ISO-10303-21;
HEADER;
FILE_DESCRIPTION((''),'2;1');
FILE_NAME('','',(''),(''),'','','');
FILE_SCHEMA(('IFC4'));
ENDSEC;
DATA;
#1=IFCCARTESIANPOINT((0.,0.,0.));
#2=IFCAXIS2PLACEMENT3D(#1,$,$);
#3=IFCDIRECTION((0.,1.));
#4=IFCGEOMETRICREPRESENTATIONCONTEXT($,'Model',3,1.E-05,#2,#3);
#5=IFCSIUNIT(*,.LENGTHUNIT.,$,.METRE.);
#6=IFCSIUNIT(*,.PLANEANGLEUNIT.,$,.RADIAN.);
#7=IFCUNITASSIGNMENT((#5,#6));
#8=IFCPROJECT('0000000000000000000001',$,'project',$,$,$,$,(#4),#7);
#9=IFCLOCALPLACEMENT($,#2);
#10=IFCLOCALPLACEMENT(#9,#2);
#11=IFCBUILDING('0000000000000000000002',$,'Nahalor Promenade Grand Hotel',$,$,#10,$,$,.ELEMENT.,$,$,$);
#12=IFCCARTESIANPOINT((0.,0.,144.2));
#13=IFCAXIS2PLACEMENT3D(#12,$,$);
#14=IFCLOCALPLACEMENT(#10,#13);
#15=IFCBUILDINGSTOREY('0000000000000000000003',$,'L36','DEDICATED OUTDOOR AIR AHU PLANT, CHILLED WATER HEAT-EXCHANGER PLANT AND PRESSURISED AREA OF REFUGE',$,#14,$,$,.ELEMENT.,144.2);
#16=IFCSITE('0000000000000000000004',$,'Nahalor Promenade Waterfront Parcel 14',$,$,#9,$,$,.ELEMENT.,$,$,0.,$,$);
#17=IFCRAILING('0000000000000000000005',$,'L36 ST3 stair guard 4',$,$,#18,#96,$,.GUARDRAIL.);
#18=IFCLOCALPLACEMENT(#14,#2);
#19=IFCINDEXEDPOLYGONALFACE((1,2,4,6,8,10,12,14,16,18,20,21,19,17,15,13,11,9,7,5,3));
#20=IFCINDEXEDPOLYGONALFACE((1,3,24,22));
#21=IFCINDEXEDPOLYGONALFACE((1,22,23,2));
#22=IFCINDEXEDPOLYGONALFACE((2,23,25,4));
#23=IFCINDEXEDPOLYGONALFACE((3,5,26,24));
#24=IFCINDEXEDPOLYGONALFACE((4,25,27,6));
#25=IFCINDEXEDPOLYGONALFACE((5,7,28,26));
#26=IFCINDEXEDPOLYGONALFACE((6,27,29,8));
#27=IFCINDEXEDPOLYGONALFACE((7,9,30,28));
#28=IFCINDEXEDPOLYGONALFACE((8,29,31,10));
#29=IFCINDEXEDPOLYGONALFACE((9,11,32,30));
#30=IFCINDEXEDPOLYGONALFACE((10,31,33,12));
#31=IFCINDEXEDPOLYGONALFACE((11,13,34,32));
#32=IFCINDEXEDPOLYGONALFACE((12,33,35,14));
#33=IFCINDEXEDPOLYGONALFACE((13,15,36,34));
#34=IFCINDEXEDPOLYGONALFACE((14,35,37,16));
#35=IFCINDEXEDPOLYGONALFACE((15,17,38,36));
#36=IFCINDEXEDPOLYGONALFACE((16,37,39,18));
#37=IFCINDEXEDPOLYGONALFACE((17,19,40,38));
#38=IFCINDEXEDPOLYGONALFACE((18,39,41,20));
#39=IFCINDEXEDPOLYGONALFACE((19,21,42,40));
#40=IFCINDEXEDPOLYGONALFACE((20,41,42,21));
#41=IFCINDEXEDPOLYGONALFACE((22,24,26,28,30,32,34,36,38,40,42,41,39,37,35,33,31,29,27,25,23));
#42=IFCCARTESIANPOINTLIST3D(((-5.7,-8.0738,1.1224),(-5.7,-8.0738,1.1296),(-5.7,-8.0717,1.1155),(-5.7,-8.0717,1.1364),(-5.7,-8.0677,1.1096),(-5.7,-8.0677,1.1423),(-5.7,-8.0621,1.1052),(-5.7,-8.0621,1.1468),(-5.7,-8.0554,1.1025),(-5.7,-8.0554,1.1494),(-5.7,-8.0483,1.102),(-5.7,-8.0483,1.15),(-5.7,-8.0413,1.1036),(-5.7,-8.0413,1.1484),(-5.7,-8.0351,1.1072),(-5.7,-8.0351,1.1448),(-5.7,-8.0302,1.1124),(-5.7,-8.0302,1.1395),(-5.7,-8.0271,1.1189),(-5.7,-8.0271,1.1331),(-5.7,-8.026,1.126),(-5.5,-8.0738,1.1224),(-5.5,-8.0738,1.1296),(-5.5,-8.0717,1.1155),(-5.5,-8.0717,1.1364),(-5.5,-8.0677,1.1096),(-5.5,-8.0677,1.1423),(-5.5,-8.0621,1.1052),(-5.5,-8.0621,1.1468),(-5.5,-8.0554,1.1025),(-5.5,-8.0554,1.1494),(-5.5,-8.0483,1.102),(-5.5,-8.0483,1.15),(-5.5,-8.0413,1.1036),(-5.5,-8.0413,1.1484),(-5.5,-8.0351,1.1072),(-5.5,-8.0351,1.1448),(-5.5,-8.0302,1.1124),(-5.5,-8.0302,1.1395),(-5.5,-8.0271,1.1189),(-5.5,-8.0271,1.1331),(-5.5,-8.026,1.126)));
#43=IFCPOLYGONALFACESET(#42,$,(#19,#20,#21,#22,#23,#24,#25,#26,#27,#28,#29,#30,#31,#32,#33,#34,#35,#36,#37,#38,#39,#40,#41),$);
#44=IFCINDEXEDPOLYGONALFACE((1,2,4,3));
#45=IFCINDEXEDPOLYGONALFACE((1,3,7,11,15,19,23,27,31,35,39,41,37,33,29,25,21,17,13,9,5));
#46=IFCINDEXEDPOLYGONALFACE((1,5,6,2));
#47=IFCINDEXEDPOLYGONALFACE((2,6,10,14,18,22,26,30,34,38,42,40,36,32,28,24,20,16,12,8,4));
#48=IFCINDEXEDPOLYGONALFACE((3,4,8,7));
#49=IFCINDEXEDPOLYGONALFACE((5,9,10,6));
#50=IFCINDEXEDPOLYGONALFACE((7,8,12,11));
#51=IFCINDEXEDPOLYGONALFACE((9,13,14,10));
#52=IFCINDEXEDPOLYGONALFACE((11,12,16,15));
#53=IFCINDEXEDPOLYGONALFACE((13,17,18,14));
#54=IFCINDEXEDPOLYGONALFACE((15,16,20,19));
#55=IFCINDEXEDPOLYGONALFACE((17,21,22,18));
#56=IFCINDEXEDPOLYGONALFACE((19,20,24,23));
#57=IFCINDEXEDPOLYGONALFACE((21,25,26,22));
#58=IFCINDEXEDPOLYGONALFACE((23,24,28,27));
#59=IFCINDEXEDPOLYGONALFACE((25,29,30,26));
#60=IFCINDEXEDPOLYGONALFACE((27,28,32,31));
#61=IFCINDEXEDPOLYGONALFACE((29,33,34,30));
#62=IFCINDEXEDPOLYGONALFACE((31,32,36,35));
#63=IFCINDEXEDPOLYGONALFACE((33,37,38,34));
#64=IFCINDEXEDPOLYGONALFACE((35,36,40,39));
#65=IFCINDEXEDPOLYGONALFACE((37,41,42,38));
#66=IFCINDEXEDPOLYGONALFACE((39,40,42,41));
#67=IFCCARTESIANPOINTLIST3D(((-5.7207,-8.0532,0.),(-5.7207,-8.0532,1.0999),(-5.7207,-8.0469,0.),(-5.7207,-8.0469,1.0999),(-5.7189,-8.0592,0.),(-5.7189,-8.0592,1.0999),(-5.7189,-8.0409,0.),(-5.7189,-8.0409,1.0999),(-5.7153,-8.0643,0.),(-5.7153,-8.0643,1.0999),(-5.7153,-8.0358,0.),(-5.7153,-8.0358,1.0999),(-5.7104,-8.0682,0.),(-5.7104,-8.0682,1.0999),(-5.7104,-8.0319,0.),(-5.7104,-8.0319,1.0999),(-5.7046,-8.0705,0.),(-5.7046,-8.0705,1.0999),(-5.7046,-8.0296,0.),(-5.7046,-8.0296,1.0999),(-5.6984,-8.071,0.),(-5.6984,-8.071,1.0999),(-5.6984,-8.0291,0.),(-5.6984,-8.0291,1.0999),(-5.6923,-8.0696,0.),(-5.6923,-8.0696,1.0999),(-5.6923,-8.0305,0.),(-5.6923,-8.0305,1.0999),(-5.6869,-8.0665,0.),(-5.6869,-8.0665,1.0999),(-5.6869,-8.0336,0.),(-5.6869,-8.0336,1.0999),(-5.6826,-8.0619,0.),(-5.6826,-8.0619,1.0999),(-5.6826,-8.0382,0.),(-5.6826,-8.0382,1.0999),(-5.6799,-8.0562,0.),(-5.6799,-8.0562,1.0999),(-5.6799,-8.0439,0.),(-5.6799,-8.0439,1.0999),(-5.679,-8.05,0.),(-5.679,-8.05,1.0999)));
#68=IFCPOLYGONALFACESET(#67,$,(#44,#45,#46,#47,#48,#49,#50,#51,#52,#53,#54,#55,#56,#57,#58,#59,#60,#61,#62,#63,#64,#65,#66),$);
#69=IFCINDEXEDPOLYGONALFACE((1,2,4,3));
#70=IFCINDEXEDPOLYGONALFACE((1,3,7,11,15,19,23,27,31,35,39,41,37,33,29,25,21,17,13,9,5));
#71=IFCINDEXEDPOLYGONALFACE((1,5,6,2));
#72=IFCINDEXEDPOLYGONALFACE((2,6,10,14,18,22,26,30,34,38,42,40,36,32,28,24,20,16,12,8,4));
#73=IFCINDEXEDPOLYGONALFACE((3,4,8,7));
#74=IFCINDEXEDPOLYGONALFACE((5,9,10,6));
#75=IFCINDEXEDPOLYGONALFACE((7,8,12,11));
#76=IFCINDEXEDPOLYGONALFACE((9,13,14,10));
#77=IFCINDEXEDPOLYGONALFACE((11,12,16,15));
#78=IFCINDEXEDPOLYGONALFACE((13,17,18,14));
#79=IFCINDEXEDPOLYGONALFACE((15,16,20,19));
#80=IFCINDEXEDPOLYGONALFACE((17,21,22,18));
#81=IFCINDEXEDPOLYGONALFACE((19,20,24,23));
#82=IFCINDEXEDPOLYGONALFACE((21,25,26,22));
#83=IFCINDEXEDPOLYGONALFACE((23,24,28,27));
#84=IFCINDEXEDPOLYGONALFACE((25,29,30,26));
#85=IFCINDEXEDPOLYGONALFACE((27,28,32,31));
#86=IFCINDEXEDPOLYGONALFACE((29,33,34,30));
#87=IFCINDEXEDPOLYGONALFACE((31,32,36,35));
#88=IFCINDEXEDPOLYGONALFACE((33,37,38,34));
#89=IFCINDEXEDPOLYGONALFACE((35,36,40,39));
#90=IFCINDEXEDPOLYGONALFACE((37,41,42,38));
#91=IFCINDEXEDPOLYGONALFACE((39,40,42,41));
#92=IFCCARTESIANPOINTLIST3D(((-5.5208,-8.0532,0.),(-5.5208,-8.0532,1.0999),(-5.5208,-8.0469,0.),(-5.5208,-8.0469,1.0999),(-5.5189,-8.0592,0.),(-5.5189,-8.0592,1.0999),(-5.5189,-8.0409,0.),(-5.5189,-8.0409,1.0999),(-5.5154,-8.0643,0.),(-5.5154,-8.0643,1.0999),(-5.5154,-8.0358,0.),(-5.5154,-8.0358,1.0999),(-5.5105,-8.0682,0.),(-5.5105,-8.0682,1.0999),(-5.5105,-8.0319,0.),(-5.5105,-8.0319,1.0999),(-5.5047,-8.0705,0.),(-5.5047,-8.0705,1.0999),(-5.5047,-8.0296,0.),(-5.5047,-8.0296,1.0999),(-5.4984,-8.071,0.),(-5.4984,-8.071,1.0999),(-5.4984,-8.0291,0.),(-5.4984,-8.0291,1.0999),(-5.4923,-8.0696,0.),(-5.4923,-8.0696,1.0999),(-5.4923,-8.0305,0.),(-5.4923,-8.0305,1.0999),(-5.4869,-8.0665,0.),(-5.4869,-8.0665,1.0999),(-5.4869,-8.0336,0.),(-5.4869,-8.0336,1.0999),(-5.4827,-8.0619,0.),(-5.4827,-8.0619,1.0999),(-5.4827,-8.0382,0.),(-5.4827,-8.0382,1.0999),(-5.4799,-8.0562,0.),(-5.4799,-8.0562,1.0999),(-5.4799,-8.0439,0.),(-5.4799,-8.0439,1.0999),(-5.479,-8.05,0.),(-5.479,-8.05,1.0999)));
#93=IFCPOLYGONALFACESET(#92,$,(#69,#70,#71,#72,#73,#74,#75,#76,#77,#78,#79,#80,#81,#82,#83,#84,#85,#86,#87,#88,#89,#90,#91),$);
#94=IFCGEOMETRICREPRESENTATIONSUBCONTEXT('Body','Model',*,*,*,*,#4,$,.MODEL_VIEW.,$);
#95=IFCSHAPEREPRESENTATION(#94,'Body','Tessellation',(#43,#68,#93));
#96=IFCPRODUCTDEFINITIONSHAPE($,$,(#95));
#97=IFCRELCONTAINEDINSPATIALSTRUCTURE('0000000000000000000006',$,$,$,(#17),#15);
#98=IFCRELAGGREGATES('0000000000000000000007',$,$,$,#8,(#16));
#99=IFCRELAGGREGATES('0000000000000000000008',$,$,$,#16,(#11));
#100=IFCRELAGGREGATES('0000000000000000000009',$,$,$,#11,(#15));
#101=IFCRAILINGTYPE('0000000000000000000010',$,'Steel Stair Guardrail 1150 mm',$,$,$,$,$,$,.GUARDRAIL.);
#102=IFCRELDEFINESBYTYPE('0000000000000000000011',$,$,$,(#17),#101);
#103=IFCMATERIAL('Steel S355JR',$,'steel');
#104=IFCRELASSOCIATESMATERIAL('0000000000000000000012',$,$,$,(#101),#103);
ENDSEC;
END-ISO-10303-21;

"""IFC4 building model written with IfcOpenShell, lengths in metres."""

from ifc_helpers import new_model, si_unit, direction, frame, origin, origin_2d, place, context, subcontext, project, spatial, circle, extrude, material, type_object, element, save


model = new_model("IFC4")

# Units and contexts
model_context = context("Model", 3, precision=1e-05, world=origin(), true_north=direction((0.0, 1.0)))
body_context = subcontext(model_context, "Body", "Model", "MODEL_VIEW")
ifc_project = project(units=[si_unit("LENGTHUNIT", "METRE"), si_unit("PLANEANGLEUNIT", "RADIAN")], contexts=[model_context])

# Site, building, storey
site_placement = place(None, origin())
site = spatial("IfcSite", under=ifc_project, at=site_placement, Name="Nahalor Promenade Waterfront Parcel 14", CompositionType="ELEMENT", RefElevation=0.0)
building_placement = place(site_placement, origin())
building = spatial("IfcBuilding", under=site, at=building_placement, Name="Nahalor Promenade Grand Hotel", CompositionType="ELEMENT")
storey_placement = place(building_placement, frame((0.0, 0.0, 144.2)))
storey = spatial("IfcBuildingStorey", under=building, at=storey_placement, Name="L36", Description="DEDICATED OUTDOOR AIR AHU PLANT, CHILLED WATER HEAT-EXCHANGER PLANT AND PRESSURISED AREA OF REFUGE", CompositionType="ELEMENT", Elevation=144.2)

# Shared definitions
ifc_material_1 = material(Name="Steel S355JR", Category="steel")

# Railing
railing_type_1 = type_object("IfcRailingType", Name="Steel Stair Guardrail 1150 mm", PredefinedType="GUARDRAIL", material=ifc_material_1)
railing_1_placement = place(storey_placement, frame((-5.7, -8.05, 0.0)))
element("IfcRailing", 1, at=railing_1_placement, inside=storey, type_object=railing_type_1, Name="L36 ST3 stair guard 4", PredefinedType="GUARDRAIL", context=body_context, shape_type="SweptSolid", body=[
    extrude(circle(Radius=0.024, at=origin_2d()), frame((0.0, 0.0, 1.126), z_axis=(1.0, 0.0, 0.0), x_axis=(0.0, 1.0, 0.0)), (0.0, 0.0, 1.0), 0.2),
    extrude(circle(Radius=0.021, at=origin_2d()), origin(), (0.0, 0.0, 1.0), 1.0999),
    extrude(circle(Radius=0.021, at=origin_2d()), frame((0.2, 0.0, 0.0)), (0.0, 0.0, 1.0), 1.0999),
])

save(model, "model.ifc")
